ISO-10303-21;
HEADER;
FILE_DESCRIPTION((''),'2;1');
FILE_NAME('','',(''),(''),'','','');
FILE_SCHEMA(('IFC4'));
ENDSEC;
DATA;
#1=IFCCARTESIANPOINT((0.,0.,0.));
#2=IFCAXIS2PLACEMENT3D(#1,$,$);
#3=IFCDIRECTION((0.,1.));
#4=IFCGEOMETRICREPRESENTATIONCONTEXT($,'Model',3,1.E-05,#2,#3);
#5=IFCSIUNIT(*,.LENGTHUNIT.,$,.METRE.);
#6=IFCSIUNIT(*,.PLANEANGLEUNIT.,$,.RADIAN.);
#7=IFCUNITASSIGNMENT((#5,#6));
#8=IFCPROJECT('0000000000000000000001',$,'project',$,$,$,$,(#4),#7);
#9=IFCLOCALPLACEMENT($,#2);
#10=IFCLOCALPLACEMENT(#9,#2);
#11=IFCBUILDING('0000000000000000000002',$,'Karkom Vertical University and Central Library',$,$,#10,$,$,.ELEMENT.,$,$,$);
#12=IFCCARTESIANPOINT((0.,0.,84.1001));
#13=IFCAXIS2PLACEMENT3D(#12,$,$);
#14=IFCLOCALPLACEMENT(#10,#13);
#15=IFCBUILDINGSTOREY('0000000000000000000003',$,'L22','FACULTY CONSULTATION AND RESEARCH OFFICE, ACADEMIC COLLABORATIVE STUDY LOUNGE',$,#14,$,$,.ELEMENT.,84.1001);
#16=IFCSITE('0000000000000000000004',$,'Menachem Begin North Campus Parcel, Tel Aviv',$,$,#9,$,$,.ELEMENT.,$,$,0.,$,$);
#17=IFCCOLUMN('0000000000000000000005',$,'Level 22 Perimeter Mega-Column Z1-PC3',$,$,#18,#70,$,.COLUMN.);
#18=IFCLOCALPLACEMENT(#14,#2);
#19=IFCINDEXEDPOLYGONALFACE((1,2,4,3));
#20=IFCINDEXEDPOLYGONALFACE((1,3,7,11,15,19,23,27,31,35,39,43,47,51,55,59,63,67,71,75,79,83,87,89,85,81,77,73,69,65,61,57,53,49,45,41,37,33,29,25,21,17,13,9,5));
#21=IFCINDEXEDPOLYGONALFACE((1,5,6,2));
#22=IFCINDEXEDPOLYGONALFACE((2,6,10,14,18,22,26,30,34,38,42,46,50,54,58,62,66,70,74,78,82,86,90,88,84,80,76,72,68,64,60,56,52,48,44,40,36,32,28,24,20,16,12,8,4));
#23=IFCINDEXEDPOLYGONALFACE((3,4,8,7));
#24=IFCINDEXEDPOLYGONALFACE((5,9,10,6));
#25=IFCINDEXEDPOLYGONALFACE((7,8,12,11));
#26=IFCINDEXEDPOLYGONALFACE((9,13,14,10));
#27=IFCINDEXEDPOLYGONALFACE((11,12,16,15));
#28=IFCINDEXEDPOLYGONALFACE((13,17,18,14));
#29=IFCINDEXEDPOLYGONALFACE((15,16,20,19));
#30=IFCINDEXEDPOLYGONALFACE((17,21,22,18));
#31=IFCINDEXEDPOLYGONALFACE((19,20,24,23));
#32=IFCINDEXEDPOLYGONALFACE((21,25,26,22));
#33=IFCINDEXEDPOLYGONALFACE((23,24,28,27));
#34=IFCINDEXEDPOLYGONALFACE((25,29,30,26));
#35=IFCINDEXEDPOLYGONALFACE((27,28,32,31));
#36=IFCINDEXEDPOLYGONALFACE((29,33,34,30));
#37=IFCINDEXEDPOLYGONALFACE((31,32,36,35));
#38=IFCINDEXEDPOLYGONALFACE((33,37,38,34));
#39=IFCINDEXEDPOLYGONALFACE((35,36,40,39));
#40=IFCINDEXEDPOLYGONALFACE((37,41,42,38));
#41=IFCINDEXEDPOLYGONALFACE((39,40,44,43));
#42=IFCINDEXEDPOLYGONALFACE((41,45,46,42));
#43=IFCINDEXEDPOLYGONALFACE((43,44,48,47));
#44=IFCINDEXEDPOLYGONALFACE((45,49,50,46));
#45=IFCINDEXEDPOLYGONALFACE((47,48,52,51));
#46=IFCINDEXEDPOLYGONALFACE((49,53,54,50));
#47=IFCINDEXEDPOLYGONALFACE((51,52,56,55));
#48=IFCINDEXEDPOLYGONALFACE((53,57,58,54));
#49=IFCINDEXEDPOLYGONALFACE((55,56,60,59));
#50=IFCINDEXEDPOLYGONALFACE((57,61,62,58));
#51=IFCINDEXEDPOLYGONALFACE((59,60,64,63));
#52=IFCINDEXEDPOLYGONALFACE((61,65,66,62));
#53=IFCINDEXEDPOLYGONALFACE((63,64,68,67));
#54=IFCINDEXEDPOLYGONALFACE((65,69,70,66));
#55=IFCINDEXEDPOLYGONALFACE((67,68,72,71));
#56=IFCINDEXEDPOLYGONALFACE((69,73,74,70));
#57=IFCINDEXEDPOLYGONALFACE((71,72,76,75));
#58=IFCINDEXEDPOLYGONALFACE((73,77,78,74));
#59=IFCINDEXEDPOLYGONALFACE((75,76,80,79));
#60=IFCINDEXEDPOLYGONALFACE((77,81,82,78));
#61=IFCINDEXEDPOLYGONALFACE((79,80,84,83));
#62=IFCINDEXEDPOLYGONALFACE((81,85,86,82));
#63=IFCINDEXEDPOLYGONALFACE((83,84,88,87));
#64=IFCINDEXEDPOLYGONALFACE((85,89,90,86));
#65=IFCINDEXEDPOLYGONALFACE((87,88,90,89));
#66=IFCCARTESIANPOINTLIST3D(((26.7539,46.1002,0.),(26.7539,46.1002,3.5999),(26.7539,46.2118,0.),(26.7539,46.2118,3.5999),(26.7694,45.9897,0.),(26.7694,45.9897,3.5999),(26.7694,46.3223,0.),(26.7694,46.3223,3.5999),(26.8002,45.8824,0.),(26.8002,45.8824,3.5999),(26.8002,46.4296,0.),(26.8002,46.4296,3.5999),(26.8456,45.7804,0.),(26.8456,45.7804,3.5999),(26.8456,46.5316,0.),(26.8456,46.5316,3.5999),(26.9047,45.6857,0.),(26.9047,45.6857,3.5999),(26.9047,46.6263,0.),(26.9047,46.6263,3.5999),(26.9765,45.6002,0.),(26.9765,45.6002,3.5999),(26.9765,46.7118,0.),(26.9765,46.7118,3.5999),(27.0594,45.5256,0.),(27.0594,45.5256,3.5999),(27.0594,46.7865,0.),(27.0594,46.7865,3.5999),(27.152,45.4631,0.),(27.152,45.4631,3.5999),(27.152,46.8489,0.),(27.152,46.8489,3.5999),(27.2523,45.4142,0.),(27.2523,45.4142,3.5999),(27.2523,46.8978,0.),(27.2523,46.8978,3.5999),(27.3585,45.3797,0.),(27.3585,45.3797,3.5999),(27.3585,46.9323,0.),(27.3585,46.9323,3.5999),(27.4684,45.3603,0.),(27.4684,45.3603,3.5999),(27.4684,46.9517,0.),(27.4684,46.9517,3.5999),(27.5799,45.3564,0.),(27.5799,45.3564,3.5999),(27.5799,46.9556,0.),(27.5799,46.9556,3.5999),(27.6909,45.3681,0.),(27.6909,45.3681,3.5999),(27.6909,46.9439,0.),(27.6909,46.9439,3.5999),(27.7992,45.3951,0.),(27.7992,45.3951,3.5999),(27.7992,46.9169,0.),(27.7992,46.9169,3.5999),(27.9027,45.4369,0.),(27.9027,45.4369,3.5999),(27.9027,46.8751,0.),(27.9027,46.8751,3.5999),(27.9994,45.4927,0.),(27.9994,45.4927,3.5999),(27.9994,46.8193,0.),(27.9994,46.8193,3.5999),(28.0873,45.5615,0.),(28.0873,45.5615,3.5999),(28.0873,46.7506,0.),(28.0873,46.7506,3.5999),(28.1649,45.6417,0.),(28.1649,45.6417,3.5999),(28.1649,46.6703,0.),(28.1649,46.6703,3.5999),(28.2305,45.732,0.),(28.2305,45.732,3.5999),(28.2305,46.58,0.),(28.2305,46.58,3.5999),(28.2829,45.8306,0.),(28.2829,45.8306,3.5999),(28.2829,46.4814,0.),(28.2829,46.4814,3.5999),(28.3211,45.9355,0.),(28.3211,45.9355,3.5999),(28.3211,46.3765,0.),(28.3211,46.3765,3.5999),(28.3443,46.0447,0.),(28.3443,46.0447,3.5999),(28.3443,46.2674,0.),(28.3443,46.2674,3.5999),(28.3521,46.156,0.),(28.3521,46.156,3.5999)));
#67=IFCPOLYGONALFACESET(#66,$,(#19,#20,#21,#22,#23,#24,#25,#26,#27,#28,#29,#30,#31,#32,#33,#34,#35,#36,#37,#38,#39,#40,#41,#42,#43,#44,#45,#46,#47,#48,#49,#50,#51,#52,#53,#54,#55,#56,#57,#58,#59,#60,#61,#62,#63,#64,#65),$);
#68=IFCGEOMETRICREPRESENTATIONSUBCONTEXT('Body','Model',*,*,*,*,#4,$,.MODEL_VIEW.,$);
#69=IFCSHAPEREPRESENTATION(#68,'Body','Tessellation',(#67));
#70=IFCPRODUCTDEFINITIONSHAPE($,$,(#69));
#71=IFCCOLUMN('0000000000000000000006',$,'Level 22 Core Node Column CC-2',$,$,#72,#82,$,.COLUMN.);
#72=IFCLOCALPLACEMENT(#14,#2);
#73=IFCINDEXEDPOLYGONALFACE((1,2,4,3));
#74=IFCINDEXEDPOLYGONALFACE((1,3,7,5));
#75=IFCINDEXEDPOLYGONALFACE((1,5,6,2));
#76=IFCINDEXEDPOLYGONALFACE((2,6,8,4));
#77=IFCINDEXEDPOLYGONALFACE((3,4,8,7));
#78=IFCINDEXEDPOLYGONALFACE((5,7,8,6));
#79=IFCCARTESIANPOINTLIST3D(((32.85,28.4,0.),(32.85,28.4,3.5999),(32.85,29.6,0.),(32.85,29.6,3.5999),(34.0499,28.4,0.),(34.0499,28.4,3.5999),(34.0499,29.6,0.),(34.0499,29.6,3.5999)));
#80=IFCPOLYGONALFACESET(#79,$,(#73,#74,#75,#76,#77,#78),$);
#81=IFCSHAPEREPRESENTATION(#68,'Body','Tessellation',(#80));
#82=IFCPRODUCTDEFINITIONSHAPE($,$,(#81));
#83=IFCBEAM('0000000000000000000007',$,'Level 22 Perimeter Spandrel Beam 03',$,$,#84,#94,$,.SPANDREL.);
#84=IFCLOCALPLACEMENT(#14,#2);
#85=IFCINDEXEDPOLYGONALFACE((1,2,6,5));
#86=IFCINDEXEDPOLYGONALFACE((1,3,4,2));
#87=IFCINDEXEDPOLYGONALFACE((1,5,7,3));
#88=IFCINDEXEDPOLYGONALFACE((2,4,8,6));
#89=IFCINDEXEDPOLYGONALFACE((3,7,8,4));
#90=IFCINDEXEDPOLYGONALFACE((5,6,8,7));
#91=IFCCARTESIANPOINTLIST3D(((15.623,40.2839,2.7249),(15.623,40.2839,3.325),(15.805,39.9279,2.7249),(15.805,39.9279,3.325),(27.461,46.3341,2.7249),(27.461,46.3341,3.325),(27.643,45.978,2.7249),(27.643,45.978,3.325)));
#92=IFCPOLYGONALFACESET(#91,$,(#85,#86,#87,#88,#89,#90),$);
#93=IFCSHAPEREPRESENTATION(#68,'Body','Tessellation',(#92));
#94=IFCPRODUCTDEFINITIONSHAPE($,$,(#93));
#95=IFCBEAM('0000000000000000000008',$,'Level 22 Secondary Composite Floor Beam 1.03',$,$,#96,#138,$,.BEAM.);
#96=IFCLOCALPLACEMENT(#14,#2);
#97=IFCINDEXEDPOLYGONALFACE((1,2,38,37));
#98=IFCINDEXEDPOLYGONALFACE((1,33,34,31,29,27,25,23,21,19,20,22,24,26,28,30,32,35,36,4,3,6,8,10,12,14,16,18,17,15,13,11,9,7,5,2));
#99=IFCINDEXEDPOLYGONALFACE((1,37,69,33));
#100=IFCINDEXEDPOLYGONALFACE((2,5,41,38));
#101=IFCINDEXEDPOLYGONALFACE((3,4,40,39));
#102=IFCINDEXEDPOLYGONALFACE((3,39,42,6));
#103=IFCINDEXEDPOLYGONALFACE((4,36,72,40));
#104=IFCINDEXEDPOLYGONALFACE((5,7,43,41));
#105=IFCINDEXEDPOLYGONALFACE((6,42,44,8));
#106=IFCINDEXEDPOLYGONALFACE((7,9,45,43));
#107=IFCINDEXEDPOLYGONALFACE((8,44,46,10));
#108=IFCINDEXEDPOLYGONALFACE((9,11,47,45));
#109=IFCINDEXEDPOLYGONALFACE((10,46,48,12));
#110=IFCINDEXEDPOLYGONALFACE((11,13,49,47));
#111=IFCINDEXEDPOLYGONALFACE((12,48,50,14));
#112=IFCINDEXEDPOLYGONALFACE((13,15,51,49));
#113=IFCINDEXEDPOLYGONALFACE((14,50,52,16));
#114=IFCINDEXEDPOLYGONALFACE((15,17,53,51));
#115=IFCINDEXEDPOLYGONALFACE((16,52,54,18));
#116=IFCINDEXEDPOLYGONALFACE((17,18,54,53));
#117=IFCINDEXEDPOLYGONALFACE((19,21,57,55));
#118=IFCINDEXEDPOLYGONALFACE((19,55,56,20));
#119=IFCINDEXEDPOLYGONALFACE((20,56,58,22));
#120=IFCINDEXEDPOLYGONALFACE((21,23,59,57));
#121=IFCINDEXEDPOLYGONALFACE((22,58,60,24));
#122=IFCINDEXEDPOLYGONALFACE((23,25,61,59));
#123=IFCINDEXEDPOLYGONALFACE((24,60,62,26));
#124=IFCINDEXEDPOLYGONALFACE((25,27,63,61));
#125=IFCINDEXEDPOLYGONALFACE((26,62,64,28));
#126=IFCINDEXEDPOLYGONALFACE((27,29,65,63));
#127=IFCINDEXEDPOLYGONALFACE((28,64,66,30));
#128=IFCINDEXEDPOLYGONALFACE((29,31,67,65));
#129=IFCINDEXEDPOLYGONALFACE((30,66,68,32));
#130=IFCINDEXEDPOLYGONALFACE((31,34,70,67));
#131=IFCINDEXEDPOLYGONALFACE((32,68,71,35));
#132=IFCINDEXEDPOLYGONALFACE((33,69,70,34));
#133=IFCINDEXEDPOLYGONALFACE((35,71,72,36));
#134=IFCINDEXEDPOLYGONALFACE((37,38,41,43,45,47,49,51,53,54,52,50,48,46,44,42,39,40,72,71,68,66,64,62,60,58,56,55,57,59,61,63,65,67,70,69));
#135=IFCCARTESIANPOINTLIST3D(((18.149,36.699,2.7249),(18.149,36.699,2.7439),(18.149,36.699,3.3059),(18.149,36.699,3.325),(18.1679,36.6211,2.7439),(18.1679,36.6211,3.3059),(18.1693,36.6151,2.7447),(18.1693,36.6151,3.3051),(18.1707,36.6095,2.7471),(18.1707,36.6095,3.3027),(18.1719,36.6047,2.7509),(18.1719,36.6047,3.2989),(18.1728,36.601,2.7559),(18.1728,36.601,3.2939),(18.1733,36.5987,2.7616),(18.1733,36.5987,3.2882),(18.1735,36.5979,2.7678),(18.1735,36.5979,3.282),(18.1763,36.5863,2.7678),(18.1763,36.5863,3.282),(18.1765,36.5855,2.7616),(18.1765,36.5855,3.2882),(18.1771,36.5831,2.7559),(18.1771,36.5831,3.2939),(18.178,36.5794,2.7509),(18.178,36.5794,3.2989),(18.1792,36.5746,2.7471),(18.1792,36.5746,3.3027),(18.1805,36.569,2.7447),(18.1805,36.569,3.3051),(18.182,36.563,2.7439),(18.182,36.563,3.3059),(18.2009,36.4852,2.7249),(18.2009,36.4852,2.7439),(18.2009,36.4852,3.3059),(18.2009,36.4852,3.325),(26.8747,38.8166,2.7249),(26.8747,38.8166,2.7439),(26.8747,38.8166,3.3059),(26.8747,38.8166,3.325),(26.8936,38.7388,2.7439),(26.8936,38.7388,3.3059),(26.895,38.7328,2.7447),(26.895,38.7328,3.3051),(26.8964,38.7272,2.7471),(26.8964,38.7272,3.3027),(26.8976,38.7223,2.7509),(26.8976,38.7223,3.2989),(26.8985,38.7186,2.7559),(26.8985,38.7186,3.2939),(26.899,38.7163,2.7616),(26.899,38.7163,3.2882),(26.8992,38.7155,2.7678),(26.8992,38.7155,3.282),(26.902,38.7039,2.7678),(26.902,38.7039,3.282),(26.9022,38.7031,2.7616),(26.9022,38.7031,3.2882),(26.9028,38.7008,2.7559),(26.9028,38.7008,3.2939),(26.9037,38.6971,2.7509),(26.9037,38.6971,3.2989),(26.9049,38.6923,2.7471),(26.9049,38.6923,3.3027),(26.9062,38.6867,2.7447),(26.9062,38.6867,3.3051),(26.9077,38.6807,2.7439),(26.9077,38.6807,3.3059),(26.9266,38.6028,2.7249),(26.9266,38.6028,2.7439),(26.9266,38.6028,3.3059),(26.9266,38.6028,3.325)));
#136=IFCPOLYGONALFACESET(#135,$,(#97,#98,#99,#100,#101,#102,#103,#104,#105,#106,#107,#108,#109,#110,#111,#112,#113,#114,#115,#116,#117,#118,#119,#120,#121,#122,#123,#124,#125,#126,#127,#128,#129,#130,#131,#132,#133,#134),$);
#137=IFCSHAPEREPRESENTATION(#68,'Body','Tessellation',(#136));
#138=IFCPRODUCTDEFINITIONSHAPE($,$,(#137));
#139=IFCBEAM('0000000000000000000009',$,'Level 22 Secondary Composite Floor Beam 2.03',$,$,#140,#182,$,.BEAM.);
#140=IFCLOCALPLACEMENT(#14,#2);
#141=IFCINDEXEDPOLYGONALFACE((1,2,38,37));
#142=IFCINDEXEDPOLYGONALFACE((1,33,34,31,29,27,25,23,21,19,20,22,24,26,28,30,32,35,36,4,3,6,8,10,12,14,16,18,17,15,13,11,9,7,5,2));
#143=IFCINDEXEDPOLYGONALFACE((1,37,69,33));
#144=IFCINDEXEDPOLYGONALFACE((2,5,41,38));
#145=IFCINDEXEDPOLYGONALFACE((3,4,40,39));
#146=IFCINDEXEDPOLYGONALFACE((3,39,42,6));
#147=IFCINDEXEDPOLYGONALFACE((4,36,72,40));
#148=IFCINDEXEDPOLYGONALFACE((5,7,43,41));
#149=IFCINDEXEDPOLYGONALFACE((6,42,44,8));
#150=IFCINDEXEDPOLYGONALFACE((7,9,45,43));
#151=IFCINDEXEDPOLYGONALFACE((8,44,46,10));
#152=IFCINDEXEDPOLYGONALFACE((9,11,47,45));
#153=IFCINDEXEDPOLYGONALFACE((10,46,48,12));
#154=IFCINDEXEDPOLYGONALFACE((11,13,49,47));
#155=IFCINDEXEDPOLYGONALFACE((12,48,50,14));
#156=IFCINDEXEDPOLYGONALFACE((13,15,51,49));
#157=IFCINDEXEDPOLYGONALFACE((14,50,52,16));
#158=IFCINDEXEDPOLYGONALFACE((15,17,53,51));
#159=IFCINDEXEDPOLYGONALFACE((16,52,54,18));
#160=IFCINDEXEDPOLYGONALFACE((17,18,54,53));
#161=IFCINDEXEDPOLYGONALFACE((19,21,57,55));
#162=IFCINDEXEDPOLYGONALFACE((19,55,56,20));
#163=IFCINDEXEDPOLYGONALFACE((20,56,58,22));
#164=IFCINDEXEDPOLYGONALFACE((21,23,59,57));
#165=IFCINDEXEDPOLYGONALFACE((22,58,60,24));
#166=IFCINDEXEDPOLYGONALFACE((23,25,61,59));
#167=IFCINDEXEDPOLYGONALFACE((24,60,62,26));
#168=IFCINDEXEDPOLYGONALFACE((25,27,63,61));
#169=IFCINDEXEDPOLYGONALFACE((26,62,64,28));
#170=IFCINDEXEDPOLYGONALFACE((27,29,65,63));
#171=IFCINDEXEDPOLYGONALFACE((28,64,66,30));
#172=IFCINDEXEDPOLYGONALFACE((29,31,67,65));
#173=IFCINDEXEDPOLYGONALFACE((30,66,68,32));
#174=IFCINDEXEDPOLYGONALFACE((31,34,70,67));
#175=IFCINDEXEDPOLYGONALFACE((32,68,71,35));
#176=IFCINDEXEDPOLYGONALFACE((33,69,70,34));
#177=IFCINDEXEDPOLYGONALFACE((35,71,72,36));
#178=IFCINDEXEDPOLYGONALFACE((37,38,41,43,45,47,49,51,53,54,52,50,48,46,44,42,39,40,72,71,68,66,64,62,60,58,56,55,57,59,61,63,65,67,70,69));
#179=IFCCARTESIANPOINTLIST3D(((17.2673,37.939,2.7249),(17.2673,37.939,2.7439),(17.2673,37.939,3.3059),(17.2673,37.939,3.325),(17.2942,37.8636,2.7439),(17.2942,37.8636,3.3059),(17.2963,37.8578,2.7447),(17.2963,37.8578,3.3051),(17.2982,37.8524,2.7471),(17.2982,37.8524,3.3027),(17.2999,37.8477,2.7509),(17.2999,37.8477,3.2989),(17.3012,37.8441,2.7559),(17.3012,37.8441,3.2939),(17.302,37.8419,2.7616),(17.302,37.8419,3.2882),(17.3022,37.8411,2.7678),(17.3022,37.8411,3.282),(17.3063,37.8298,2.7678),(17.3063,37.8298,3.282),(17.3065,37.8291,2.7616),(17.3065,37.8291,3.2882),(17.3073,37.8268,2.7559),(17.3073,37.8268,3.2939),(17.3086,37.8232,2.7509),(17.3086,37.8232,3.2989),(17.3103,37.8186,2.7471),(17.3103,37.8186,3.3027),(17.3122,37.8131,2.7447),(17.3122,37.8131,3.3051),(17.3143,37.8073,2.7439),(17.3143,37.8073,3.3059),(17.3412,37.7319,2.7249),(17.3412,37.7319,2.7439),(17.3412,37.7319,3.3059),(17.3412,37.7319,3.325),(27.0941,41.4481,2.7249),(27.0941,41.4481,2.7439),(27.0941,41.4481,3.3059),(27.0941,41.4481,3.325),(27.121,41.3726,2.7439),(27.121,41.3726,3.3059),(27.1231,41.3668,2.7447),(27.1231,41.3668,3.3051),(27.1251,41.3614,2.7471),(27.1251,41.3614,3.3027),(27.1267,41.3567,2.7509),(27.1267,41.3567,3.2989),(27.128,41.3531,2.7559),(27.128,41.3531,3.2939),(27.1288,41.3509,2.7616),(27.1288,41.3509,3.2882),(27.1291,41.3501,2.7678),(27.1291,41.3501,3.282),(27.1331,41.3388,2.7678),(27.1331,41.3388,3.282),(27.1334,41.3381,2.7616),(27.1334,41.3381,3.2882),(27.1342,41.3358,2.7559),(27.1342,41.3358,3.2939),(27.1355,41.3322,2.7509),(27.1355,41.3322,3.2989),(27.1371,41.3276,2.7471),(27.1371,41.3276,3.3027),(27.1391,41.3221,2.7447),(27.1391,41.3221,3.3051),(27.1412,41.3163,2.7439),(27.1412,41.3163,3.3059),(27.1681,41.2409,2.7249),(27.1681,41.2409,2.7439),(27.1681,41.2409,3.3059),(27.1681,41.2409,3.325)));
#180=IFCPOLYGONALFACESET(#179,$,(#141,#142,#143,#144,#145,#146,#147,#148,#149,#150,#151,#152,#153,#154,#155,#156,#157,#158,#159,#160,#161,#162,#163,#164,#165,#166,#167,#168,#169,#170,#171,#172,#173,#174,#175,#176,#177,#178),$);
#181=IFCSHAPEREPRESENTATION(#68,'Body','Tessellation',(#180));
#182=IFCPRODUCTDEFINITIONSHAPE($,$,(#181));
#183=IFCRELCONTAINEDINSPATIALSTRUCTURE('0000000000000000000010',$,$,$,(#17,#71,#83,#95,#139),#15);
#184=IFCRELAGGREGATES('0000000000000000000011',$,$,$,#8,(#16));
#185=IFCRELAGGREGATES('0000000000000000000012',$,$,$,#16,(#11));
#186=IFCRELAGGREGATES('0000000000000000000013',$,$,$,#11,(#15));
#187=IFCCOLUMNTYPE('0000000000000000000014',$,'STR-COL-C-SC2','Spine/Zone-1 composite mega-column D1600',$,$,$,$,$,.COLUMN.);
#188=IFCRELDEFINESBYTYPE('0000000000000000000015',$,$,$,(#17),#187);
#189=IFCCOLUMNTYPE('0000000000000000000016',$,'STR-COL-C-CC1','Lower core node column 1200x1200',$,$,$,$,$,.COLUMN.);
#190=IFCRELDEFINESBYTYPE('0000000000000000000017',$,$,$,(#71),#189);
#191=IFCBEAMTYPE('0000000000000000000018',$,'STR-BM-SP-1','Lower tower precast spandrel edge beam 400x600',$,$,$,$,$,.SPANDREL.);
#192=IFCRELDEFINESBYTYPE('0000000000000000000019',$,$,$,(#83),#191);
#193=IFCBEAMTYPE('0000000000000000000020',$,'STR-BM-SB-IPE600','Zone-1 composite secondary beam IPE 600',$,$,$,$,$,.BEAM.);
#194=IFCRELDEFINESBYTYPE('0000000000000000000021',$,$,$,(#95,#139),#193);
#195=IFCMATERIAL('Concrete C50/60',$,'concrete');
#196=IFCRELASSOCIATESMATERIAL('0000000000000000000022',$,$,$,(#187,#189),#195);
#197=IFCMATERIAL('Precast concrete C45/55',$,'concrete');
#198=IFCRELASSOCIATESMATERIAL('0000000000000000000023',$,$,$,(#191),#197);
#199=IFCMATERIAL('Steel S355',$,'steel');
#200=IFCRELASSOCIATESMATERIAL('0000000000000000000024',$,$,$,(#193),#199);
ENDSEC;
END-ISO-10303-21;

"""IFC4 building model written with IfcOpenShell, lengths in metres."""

from ifc_helpers import new_model, si_unit, direction, frame, origin, origin_with_axes, origin_2d, place, context, subcontext, project, spatial, rectangle, circle, i_section, extrude, source, transform, mapped, material, material_profile, profile_set, type_object, element, save


model = new_model("IFC4")

# Units and contexts
model_context = context("Model", 3, precision=1e-05, world=origin(), true_north=direction((0.0, 1.0)))
body_context = subcontext(model_context, "Body", "Model", "MODEL_VIEW")
ifc_project = project(units=[si_unit("LENGTHUNIT", "METRE"), si_unit("PLANEANGLEUNIT", "RADIAN")], contexts=[model_context])

# Site, building, storey
site_placement = place(None, origin())
site = spatial("IfcSite", under=ifc_project, at=site_placement, Name="Menachem Begin North Campus Parcel, Tel Aviv", CompositionType="ELEMENT", RefElevation=0.0)
building_placement = place(site_placement, origin())
building = spatial("IfcBuilding", under=site, at=building_placement, Name="Karkom Vertical University and Central Library", CompositionType="ELEMENT")
storey_placement = place(building_placement, frame((0.0, 0.0, 84.1001)))
storey = spatial("IfcBuildingStorey", under=building, at=storey_placement, Name="L22", Description="FACULTY CONSULTATION AND RESEARCH OFFICE, ACADEMIC COLLABORATIVE STUDY LOUNGE", CompositionType="ELEMENT", Elevation=84.1001)

# Columns
ifc_material_1 = material(Name="Concrete C50/60", Category="concrete")
ifc_material_profile_1 = material_profile(ifc_material_1, circle(Radius=0.8, at=origin_2d()), Name="CFT-D1600")
ifc_profile_set_1 = profile_set([ifc_material_profile_1], Name="Concrete C50/60")
column_type_1 = type_object("IfcColumnType", Name="STR-COL-C-SC2", Description="Spine/Zone-1 composite mega-column D1600", PredefinedType="COLUMN", material=ifc_profile_set_1)
shared_shape_1 = source(origin_with_axes(), body_context, "Body", "SweptSolid", [
    extrude(circle(Radius=0.8, at=origin_2d()), origin(), (0.0, 0.0, 1.0), 3.5999),
])
column_1_placement = place(storey_placement, frame((27.552, 46.156, 0.0), z_axis=(0.0, 0.0, 1.0), x_axis=(1.0, 0.0, 0.0)))
element("IfcColumn", 1, at=column_1_placement, inside=storey, type_object=column_type_1, Name="Level 22 Perimeter Mega-Column Z1-PC3", PredefinedType="COLUMN", context=body_context, shape_type="MappedRepresentation", body=[
    mapped(shared_shape_1, transform((0.0, 0.0, 0.0), scale=1.0)),
])
ifc_material_profile_2 = material_profile(ifc_material_1, rectangle(XDim=1.2, YDim=1.2, at=origin_2d()), Name="RC-1200x1200")
ifc_profile_set_2 = profile_set([ifc_material_profile_2], Name="Concrete C50/60")
column_type_2 = type_object("IfcColumnType", Name="STR-COL-C-CC1", Description="Lower core node column 1200x1200", PredefinedType="COLUMN", material=ifc_profile_set_2)
shared_shape_2 = source(origin_with_axes(), body_context, "Body", "SweptSolid", [
    extrude(rectangle(XDim=1.2, YDim=1.2, at=origin_2d()), origin(), (0.0, 0.0, 1.0), 3.5999),
])
column_2_placement = place(storey_placement, frame((33.45, 29.0, 0.0), z_axis=(0.0, 0.0, 1.0), x_axis=(1.0, 0.0, 0.0)))
element("IfcColumn", 2, at=column_2_placement, inside=storey, type_object=column_type_2, Name="Level 22 Core Node Column CC-2", PredefinedType="COLUMN", context=body_context, shape_type="MappedRepresentation", body=[
    mapped(shared_shape_2, transform((0.0, 0.0, 0.0), scale=1.0)),
])

# Beams
ifc_material_2 = material(Name="Precast concrete C45/55", Category="concrete")
ifc_material_profile_3 = material_profile(ifc_material_2, rectangle(XDim=0.3999, YDim=0.6001, at=origin_2d()), Name="SPB-400x600")
ifc_profile_set_3 = profile_set([ifc_material_profile_3], Name="Precast concrete C45/55")
beam_type_1 = type_object("IfcBeamType", Name="STR-BM-SP-1", Description="Lower tower precast spandrel edge beam 400x600", PredefinedType="SPANDREL", material=ifc_profile_set_3)
shared_shape_3 = source(origin_with_axes(), body_context, "Body", "SweptSolid", [
    extrude(rectangle(XDim=0.3999, YDim=0.6001, at=origin_2d()), origin(), (0.0, 0.0, 1.0), 13.2944),
])
beam_1_placement = place(storey_placement, frame((27.552, 46.156, 3.0249), z_axis=(-0.890448, -0.455085, 0.0), x_axis=(0.455085, -0.890448, 0.0)))
element("IfcBeam", 3, at=beam_1_placement, inside=storey, type_object=beam_type_1, Name="Level 22 Perimeter Spandrel Beam 03", PredefinedType="SPANDREL", context=body_context, shape_type="MappedRepresentation", body=[
    mapped(shared_shape_3, transform((0.0, 0.0, 0.0), scale=1.0)),
])
ifc_material_3 = material(Name="Steel S355", Category="steel")
ifc_material_profile_4 = material_profile(ifc_material_3, i_section(OverallWidth=0.22, OverallDepth=0.6001, WebThickness=0.012, FlangeThickness=0.019, FilletRadius=0.0239, at=origin_2d()), Name="IPE 600")
ifc_profile_set_4 = profile_set([ifc_material_profile_4], Name="Steel S355")
beam_type_2 = type_object("IfcBeamType", Name="STR-BM-SB-IPE600", Description="Zone-1 composite secondary beam IPE 600", PredefinedType="BEAM", material=ifc_profile_set_4)
shared_shape_4 = source(origin_with_axes(), body_context, "Body", "SweptSolid", [
    extrude(i_section(OverallWidth=0.22, OverallDepth=0.6001, WebThickness=0.012, FlangeThickness=0.019, FilletRadius=0.0239, at=origin_2d()), origin(), (0.0, 0.0, 1.0), 8.979),
])
beam_2_placement = place(storey_placement, frame((26.9006, 38.7097, 3.0249), z_axis=(-0.971791, -0.235844, 0.0), x_axis=(0.235844, -0.971791, 0.0)))
element("IfcBeam", 4, at=beam_2_placement, inside=storey, type_object=beam_type_2, Name="Level 22 Secondary Composite Floor Beam 1.03", PredefinedType="BEAM", context=body_context, shape_type="MappedRepresentation", body=[
    mapped(shared_shape_4, transform((0.0, 0.0, 0.0), scale=1.0)),
])
shared_shape_5 = source(origin_with_axes(), body_context, "Body", "SweptSolid", [
    extrude(i_section(OverallWidth=0.22, OverallDepth=0.6001, WebThickness=0.012, FlangeThickness=0.019, FilletRadius=0.0239, at=origin_2d()), origin(), (0.0, 0.0, 1.0), 10.4346),
])
beam_3_placement = place(storey_placement, frame((27.1311, 41.3445, 3.0249), z_axis=(-0.941759, -0.336287, 0.0), x_axis=(0.336287, -0.941759, 0.0)))
element("IfcBeam", 5, at=beam_3_placement, inside=storey, type_object=beam_type_2, Name="Level 22 Secondary Composite Floor Beam 2.03", PredefinedType="BEAM", context=body_context, shape_type="MappedRepresentation", body=[
    mapped(shared_shape_5, transform((0.0, 0.0, 0.0), scale=1.0)),
])

save(model, "model.ifc")
